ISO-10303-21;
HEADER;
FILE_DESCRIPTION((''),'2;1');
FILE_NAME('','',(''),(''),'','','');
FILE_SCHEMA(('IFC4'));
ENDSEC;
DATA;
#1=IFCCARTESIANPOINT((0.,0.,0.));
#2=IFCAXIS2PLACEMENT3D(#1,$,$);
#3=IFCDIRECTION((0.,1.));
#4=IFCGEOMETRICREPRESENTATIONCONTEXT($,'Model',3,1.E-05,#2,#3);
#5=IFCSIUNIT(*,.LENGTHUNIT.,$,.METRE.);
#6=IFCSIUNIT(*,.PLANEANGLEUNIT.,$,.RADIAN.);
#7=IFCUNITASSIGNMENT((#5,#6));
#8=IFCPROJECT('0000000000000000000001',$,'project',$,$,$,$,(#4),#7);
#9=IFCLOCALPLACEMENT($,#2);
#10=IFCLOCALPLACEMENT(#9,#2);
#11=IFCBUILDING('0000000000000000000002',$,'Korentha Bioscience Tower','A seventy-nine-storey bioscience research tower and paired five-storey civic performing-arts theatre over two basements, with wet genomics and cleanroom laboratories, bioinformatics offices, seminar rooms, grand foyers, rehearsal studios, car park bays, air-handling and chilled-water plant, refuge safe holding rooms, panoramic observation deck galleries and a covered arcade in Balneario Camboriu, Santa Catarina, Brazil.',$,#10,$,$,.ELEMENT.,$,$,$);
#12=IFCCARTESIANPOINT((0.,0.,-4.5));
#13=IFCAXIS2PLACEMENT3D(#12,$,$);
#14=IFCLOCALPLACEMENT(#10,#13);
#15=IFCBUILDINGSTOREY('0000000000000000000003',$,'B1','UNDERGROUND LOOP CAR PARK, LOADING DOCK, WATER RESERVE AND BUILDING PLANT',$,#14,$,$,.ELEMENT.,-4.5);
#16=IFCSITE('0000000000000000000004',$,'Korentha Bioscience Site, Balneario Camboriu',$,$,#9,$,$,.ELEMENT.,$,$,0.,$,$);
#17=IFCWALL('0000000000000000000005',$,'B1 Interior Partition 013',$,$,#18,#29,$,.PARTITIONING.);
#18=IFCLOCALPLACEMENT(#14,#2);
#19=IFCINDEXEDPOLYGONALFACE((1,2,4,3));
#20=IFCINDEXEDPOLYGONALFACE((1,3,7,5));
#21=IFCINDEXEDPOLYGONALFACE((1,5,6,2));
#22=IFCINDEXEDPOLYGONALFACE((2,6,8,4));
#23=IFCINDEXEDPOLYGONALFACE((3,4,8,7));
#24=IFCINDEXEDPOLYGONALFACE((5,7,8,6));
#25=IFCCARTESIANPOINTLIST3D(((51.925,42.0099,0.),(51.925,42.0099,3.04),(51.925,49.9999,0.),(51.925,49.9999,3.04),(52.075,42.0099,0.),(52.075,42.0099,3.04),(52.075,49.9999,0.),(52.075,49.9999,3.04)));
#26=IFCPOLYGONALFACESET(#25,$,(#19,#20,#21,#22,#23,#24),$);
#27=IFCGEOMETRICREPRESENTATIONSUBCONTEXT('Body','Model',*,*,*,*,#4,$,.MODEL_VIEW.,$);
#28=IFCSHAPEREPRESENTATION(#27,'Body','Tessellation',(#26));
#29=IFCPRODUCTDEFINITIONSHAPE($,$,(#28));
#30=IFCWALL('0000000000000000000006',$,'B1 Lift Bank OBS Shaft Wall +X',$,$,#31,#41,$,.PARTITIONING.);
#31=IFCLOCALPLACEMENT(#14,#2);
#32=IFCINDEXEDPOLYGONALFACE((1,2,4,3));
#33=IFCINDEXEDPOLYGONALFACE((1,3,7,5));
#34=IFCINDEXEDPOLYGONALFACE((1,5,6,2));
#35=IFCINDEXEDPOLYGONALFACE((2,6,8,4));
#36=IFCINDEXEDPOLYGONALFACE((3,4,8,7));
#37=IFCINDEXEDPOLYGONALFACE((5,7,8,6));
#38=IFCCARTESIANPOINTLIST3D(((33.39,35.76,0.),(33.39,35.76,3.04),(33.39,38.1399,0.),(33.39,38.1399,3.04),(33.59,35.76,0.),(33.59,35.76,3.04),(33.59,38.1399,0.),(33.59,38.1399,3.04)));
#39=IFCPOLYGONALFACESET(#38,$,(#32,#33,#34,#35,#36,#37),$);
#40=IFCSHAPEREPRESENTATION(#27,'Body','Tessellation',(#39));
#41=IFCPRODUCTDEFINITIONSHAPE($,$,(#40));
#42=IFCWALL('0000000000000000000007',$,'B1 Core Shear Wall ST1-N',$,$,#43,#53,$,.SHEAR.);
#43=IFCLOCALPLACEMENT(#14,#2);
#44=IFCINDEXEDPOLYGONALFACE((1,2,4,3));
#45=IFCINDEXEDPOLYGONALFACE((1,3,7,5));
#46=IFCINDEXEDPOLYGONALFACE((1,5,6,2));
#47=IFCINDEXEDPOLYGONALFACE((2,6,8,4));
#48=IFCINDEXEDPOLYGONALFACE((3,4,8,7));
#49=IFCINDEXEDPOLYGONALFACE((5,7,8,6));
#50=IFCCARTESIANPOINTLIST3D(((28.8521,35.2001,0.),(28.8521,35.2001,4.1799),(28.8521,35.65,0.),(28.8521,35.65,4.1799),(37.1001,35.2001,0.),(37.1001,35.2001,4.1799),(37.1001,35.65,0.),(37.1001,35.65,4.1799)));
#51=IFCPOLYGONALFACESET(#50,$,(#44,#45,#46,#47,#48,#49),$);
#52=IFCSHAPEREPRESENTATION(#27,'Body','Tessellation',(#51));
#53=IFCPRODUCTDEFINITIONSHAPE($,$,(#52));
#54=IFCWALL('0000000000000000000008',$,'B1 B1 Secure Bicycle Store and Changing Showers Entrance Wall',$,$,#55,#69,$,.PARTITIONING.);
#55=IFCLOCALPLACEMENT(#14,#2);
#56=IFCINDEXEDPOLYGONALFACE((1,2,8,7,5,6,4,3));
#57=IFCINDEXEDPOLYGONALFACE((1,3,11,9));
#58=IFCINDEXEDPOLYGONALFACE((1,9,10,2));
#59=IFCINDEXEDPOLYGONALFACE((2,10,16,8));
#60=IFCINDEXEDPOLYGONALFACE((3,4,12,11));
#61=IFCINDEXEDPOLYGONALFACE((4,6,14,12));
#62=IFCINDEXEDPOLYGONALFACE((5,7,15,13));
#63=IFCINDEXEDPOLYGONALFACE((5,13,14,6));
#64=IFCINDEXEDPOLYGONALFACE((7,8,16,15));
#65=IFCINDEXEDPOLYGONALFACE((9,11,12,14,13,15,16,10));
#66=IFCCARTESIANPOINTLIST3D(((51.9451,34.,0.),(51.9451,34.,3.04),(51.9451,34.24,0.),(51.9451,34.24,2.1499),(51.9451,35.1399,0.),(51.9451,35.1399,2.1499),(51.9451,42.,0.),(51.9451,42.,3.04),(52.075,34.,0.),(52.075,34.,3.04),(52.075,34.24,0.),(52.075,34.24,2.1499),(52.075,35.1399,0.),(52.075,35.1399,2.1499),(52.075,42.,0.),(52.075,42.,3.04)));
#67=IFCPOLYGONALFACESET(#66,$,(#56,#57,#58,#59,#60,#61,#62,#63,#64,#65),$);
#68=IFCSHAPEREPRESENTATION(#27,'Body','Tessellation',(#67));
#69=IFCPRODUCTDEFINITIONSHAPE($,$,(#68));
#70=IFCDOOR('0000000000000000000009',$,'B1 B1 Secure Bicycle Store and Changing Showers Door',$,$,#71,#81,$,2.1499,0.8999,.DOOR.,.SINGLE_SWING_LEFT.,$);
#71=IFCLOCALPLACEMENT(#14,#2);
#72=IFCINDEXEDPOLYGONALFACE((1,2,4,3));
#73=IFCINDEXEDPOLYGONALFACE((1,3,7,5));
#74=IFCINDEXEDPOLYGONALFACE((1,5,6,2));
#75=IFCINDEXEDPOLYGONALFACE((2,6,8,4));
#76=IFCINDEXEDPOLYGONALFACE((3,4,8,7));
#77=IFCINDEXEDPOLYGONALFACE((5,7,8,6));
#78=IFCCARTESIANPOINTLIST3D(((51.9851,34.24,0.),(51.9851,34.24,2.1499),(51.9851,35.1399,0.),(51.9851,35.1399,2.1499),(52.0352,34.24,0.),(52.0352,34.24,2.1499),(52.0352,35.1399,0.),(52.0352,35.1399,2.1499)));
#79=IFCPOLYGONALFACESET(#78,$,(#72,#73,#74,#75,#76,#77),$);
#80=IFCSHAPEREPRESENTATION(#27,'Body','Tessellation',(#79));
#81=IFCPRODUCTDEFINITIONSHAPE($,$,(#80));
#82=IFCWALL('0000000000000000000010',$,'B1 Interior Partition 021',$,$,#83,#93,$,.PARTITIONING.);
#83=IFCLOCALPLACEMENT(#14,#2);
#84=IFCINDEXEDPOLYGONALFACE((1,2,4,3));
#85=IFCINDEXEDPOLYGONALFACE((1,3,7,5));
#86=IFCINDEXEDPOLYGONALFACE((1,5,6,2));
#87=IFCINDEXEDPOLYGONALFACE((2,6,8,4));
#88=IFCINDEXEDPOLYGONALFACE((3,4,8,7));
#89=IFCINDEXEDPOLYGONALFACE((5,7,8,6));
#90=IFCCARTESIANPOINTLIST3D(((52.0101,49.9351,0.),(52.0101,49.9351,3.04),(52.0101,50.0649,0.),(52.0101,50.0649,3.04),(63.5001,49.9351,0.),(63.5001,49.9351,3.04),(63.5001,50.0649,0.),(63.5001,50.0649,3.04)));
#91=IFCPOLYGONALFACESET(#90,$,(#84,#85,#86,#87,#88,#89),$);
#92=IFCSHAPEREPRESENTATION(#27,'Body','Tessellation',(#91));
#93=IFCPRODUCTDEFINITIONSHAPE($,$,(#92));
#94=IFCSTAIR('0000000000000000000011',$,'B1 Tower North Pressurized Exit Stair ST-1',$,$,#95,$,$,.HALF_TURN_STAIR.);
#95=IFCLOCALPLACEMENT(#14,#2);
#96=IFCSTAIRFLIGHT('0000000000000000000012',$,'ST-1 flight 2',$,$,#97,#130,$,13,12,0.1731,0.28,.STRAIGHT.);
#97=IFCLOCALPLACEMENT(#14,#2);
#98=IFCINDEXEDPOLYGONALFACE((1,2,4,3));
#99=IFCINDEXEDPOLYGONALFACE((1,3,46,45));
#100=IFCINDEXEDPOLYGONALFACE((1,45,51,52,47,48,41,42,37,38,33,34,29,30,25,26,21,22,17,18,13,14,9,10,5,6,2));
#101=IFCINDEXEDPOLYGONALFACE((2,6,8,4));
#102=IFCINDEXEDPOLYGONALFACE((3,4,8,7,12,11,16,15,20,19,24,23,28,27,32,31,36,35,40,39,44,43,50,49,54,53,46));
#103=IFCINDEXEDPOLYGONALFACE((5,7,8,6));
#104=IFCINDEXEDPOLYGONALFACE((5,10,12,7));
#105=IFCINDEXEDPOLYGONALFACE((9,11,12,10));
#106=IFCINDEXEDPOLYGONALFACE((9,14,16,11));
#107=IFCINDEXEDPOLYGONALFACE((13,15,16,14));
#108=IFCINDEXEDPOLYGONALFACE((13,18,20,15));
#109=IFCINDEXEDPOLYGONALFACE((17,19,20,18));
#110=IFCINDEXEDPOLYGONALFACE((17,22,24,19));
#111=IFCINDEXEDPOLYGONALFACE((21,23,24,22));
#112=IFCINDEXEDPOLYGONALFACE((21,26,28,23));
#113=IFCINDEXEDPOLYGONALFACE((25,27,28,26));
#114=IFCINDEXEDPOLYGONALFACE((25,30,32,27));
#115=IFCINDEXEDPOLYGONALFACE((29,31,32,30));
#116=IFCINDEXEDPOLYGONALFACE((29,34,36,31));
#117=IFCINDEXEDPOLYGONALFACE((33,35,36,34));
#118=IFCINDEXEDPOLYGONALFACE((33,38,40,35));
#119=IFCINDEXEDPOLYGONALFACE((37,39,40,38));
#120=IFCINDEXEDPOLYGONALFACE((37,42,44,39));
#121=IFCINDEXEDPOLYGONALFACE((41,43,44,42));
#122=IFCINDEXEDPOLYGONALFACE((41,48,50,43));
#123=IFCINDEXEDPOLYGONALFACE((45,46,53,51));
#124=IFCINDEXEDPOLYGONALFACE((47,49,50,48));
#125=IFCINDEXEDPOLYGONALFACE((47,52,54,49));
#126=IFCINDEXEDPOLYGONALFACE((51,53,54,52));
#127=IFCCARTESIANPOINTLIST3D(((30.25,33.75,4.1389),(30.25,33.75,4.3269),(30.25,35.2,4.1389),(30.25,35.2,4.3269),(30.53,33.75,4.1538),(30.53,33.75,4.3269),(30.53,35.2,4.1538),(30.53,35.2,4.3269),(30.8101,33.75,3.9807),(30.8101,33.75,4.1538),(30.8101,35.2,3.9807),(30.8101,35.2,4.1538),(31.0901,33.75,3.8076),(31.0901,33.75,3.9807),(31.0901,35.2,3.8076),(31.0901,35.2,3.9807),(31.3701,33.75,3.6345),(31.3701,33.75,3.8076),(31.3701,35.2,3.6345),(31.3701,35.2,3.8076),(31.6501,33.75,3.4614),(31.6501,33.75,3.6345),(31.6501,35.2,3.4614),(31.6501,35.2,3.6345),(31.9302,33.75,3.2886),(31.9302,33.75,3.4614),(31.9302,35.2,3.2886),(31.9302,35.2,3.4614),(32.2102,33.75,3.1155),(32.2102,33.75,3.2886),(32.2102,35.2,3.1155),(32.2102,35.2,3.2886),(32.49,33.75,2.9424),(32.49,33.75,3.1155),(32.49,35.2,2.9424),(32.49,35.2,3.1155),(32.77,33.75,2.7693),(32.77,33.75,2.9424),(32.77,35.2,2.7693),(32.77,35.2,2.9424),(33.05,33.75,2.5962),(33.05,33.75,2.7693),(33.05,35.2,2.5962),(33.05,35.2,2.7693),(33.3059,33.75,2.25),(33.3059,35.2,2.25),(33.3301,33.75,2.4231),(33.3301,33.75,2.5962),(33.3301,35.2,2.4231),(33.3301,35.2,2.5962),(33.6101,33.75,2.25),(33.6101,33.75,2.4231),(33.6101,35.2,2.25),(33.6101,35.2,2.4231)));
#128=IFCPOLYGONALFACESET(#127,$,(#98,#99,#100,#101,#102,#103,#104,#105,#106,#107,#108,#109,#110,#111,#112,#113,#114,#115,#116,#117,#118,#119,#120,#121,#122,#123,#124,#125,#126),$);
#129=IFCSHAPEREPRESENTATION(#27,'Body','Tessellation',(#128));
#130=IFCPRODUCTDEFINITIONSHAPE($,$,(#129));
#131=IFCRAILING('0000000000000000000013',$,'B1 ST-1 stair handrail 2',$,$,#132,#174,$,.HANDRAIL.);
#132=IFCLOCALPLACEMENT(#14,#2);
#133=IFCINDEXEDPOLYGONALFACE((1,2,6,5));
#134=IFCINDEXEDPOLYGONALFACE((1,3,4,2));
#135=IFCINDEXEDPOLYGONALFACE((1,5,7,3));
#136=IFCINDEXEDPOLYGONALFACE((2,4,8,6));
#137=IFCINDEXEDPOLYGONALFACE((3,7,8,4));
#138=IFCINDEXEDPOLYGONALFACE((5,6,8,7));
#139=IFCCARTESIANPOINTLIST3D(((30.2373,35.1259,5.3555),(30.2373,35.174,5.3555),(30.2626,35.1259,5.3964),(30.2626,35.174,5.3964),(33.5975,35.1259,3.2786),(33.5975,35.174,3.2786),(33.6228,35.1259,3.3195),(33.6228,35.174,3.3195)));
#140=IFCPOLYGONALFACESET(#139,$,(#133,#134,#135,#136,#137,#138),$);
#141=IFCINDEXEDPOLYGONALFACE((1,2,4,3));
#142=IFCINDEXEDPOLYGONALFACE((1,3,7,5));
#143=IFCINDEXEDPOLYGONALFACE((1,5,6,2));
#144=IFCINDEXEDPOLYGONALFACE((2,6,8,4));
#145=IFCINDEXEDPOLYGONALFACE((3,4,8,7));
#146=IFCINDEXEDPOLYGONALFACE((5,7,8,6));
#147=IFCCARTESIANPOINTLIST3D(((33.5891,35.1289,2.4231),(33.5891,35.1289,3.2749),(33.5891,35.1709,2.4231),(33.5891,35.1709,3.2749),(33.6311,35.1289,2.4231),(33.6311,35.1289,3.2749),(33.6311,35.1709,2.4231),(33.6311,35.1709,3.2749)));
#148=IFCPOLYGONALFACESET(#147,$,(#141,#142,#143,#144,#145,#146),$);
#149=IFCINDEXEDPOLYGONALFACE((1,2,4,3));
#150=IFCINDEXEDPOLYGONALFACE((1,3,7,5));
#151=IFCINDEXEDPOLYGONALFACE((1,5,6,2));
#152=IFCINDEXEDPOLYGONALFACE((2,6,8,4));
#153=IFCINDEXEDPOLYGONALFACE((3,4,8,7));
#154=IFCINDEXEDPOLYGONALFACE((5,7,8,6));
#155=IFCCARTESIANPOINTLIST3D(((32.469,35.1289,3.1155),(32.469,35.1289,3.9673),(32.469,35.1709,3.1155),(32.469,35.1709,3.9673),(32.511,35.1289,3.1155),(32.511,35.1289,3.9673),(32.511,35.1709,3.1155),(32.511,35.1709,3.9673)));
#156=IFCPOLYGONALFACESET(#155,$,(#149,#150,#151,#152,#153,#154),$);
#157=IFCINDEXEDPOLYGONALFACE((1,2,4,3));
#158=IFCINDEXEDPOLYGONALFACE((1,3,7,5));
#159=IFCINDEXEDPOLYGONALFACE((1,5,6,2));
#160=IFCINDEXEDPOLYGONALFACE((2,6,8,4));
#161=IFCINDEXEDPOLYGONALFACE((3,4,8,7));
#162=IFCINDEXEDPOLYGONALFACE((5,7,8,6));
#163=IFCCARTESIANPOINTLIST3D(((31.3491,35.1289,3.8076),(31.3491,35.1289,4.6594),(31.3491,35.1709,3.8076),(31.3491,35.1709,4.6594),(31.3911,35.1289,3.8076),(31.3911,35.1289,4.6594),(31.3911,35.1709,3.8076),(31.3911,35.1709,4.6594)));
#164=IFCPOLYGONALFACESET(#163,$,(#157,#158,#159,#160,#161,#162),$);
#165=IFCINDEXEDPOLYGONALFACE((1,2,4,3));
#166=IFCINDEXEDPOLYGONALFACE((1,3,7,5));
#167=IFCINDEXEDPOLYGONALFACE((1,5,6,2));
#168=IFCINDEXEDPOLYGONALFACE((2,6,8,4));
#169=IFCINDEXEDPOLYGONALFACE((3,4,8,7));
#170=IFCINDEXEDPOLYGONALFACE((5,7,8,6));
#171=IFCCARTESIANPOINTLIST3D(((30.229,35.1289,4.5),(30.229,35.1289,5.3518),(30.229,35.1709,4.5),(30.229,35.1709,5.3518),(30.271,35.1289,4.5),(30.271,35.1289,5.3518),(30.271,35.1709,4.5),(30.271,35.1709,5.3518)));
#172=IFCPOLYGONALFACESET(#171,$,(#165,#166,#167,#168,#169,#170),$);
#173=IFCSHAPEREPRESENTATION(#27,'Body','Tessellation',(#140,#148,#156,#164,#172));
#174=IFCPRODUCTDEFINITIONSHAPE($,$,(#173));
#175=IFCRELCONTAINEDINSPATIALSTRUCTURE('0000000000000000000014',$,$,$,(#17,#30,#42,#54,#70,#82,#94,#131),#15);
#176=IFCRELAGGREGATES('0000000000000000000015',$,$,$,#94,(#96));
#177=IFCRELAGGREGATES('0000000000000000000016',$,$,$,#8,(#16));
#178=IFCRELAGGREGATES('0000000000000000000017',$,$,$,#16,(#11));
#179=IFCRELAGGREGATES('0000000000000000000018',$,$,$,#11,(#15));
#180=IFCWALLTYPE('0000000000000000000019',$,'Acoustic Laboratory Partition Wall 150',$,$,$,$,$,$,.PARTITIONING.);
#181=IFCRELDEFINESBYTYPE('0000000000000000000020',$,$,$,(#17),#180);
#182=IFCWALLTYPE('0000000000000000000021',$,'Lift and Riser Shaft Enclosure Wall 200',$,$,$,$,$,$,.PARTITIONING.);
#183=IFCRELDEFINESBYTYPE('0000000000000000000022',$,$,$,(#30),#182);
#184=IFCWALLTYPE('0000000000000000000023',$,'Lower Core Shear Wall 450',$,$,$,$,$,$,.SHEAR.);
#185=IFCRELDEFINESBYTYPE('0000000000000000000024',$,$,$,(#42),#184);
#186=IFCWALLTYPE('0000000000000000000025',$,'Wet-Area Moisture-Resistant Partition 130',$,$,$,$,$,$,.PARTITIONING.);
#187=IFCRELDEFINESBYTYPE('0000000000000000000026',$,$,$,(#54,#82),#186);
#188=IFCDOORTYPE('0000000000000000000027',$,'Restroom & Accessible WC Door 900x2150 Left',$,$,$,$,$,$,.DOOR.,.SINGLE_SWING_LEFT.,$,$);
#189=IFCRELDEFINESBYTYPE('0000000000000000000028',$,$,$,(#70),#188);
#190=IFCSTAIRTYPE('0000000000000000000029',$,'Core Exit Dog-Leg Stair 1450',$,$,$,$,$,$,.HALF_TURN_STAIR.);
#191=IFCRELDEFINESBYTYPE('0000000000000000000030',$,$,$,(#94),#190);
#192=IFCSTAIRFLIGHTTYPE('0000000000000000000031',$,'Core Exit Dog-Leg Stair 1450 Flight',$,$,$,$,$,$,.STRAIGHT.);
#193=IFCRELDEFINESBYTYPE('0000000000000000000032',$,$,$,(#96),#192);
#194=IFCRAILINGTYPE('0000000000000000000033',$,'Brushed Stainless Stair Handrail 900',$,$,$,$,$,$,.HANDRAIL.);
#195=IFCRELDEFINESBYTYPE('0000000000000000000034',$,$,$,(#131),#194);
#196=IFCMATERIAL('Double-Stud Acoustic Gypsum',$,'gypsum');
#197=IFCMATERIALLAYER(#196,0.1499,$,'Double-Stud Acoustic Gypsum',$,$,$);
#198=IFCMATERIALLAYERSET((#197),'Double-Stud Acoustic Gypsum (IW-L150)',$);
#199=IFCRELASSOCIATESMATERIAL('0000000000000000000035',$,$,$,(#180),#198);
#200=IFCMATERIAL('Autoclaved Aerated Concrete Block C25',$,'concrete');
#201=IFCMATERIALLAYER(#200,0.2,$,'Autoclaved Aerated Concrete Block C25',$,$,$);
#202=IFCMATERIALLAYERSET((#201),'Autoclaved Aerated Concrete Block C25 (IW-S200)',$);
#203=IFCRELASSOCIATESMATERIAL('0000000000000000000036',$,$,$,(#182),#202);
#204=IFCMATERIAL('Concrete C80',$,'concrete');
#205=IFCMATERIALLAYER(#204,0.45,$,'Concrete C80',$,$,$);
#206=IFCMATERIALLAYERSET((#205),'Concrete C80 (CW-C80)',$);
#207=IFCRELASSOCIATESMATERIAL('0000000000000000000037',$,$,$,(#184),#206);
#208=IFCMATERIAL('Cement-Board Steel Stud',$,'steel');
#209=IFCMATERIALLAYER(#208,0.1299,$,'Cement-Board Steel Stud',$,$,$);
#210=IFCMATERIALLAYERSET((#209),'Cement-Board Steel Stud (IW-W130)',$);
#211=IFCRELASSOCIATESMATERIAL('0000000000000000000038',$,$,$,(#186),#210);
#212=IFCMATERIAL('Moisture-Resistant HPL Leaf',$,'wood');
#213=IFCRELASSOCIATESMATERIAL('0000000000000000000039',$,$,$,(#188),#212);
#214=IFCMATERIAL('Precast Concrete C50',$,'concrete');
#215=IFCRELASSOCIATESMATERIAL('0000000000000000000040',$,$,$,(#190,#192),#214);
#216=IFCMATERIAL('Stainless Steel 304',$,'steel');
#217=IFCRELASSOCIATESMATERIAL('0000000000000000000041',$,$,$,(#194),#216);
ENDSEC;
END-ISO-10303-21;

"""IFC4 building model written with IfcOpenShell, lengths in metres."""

from ifc_helpers import new_model, si_unit, direction, frame, frame_2d, origin, origin_2d, place, context, subcontext, project, spatial, polyline, rectangle, outline, extrude, material, layer, layer_set, type_object, element, fill, aggregate, save


model = new_model("IFC4")

# Units and contexts
model_context = context("Model", 3, precision=1e-05, world=origin(), true_north=direction((0.0, 1.0)))
body_context = subcontext(model_context, "Body", "Model", "MODEL_VIEW")
ifc_project = project(units=[si_unit("LENGTHUNIT", "METRE"), si_unit("PLANEANGLEUNIT", "RADIAN")], contexts=[model_context])

# Site, building, storey
site_placement = place(None, origin())
site = spatial("IfcSite", under=ifc_project, at=site_placement, Name="Korentha Bioscience Site, Balneario Camboriu", CompositionType="ELEMENT", RefElevation=0.0)
building_placement = place(site_placement, origin())
building = spatial("IfcBuilding", under=site, at=building_placement, Name="Korentha Bioscience Tower", Description="A seventy-nine-storey bioscience research tower and paired five-storey civic performing-arts theatre over two basements, with wet genomics and cleanroom laboratories, bioinformatics offices, seminar rooms, grand foyers, rehearsal studios, car park bays, air-handling and chilled-water plant, refuge safe holding rooms, panoramic observation deck galleries and a covered arcade in Balneario Camboriu, Santa Catarina, Brazil.", CompositionType="ELEMENT")
storey_placement = place(building_placement, frame((0.0, 0.0, -4.5)))
storey = spatial("IfcBuildingStorey", under=building, at=storey_placement, Name="B1", Description="UNDERGROUND LOOP CAR PARK, LOADING DOCK, WATER RESERVE AND BUILDING PLANT", CompositionType="ELEMENT", Elevation=-4.5)

# Shared definitions
ifc_material_1 = material(Name="Concrete C80", Category="concrete")

# Shared definitions
ifc_material_2 = material(Name="Double-Stud Acoustic Gypsum", Category="gypsum")
ifc_layer_1 = layer(ifc_material_2, 0.1499, Name="Double-Stud Acoustic Gypsum")
ifc_layer_set_1 = layer_set([ifc_layer_1], Name="Double-Stud Acoustic Gypsum (IW-L150)")
wall_type_1 = type_object("IfcWallType", Name="Acoustic Laboratory Partition Wall 150", PredefinedType="PARTITIONING", material=ifc_layer_set_1)

# Walls
wall_1_placement = place(storey_placement, frame((52.0, 50.0, 0.0), z_axis=(0.0, 0.0, 1.0), x_axis=(0.0, -1.0, 0.0)))
element("IfcWall", 1, at=wall_1_placement, inside=storey, type_object=wall_type_1, Name="B1 Interior Partition 013", PredefinedType="PARTITIONING", context=body_context, shape_type="SweptSolid", body=[
    extrude(rectangle(XDim=7.99, YDim=0.1499, at=frame_2d((3.9951, 0.0))), origin(), (0.0, 0.0, 1.0), 3.04),
])
ifc_material_3 = material(Name="Autoclaved Aerated Concrete Block C25", Category="concrete")
ifc_layer_2 = layer(ifc_material_3, 0.2, Name="Autoclaved Aerated Concrete Block C25")
ifc_layer_set_2 = layer_set([ifc_layer_2], Name="Autoclaved Aerated Concrete Block C25 (IW-S200)")
wall_type_2 = type_object("IfcWallType", Name="Lift and Riser Shaft Enclosure Wall 200", PredefinedType="PARTITIONING", material=ifc_layer_set_2)
wall_2_placement = place(storey_placement, frame((33.49, 35.76, 0.0), z_axis=(0.0, 0.0, 1.0), x_axis=(0.0, 1.0, 0.0)))
element("IfcWall", 2, at=wall_2_placement, inside=storey, type_object=wall_type_2, Name="B1 Lift Bank OBS Shaft Wall +X", PredefinedType="PARTITIONING", context=body_context, shape_type="SweptSolid", body=[
    extrude(rectangle(XDim=2.3799, YDim=0.2, at=frame_2d((1.1899, 0.0))), origin(), (0.0, 0.0, 1.0), 3.04),
])
ifc_layer_3 = layer(ifc_material_1, 0.45, Name="Concrete C80")
ifc_layer_set_3 = layer_set([ifc_layer_3], Name="Concrete C80 (CW-C80)")
wall_type_3 = type_object("IfcWallType", Name="Lower Core Shear Wall 450", PredefinedType="SHEAR", material=ifc_layer_set_3)
wall_3_placement = place(storey_placement, frame((28.8521, 35.425, 0.0), z_axis=(0.0, 0.0, 1.0), x_axis=(1.0, 0.0, 0.0)))
element("IfcWall", 3, at=wall_3_placement, inside=storey, type_object=wall_type_3, Name="B1 Core Shear Wall ST1-N", PredefinedType="SHEAR", context=body_context, shape_type="SweptSolid", body=[
    extrude(rectangle(XDim=8.248, YDim=0.45, at=frame_2d((4.124, 0.0))), origin(), (0.0, 0.0, 1.0), 4.1799),
])

# Wall, opening, door
ifc_material_4 = material(Name="Cement-Board Steel Stud", Category="steel")
ifc_layer_4 = layer(ifc_material_4, 0.1299, Name="Cement-Board Steel Stud")
ifc_layer_set_4 = layer_set([ifc_layer_4], Name="Cement-Board Steel Stud (IW-W130)")
wall_type_4 = type_object("IfcWallType", Name="Wet-Area Moisture-Resistant Partition 130", PredefinedType="PARTITIONING", material=ifc_layer_set_4)
wall_4_placement = place(storey_placement, frame((52.01, 34.0, 0.0), z_axis=(0.0, 0.0, 1.0), x_axis=(0.0, 1.0, 0.0)))
wall_4 = element("IfcWall", 4, at=wall_4_placement, inside=storey, type_object=wall_type_4, Name="B1 B1 Secure Bicycle Store and Changing Showers Entrance Wall", PredefinedType="PARTITIONING", context=body_context, shape_type="SweptSolid", body=[
    extrude(rectangle(XDim=8.0, YDim=0.1299, at=frame_2d((4.0, 0.0))), origin(), (0.0, 0.0, 1.0), 3.04),
])
opening_1_placement = place(wall_4_placement, frame((0.24, 0.0, 0.0)))
opening_1 = element("IfcOpeningElement", 5, at=opening_1_placement, cuts=wall_4, PredefinedType="OPENING", context=body_context, shape_type="SweptSolid", body=[
    extrude(rectangle(XDim=0.8999, YDim=2.1499, at=frame_2d((0.45, 1.075))), frame((0.0, 0.0798, 0.0), z_axis=(0.0, -1.0, 0.0), x_axis=(1.0, 0.0, 0.0)), (0.0, 0.0, 1.0), 0.1597),
])
ifc_material_5 = material(Name="Moisture-Resistant HPL Leaf", Category="wood")
door_type_1 = type_object("IfcDoorType", Name="Restroom & Accessible WC Door 900x2150 Left", OperationType="SINGLE_SWING_LEFT", PredefinedType="DOOR", material=ifc_material_5)
door_1_placement = place(opening_1_placement, origin())
door_1 = element("IfcDoor", 6, at=door_1_placement, inside=storey, type_object=door_type_1, Name="B1 B1 Secure Bicycle Store and Changing Showers Door", OperationType="SINGLE_SWING_LEFT", OverallHeight=2.1499, OverallWidth=0.8999, PredefinedType="DOOR", context=body_context, shape_type="SweptSolid", body=[
    extrude(rectangle(XDim=0.8999, YDim=2.1499, at=frame_2d((0.45, 1.075))), frame((0.0, 0.0249, 0.0), z_axis=(0.0, -1.0, 0.0), x_axis=(1.0, 0.0, 0.0)), (0.0, 0.0, 1.0), 0.05),
])
fill(opening_1, door_1)

# Wall
wall_5_placement = place(storey_placement, frame((52.01, 50.0, 0.0), z_axis=(0.0, 0.0, 1.0), x_axis=(1.0, 0.0, 0.0)))
element("IfcWall", 7, at=wall_5_placement, inside=storey, type_object=wall_type_4, Name="B1 Interior Partition 021", PredefinedType="PARTITIONING", context=body_context, shape_type="SweptSolid", body=[
    extrude(rectangle(XDim=11.49, YDim=0.1299, at=frame_2d((5.7451, 0.0))), origin(), (0.0, 0.0, 1.0), 3.04),
])

# Stair, stair flight
ifc_material_6 = material(Name="Precast Concrete C50", Category="concrete")
stair_type = type_object("IfcStairType", Name="Core Exit Dog-Leg Stair 1450", PredefinedType="HALF_TURN_STAIR", material=ifc_material_6)
stair_placement = place(storey_placement, origin())
stair = element("IfcStair", 8, at=stair_placement, inside=storey, type_object=stair_type, Name="B1 Tower North Pressurized Exit Stair ST-1", PredefinedType="HALF_TURN_STAIR")
stair_flight_type = type_object("IfcStairFlightType", Name="Core Exit Dog-Leg Stair 1450 Flight", PredefinedType="STRAIGHT", material=ifc_material_6)
stair_flight_placement = place(storey_placement, frame((33.6101, 34.4751, 2.25), z_axis=(0.0, 0.0, 1.0), x_axis=(-1.0, 0.0, 0.0)))
stair_flight = element("IfcStairFlight", 9, at=stair_flight_placement, type_object=stair_flight_type, Name="ST-1 flight 2", NumberOfRisers=13, NumberOfTreads=12, PredefinedType="STRAIGHT", RiserHeight=0.1731, TreadLength=0.28, context=body_context, shape_type="SweptSolid", body=[
    extrude(outline(polyline([(0.0, 0.0), (0.0, 0.1731), (0.28, 0.1731), (0.28, 0.3462), (0.5601, 0.3462), (0.5601, 0.5193), (0.8401, 0.5193), (0.8401, 0.6924), (1.1201, 0.6924), (1.1201, 0.8655), (1.3999, 0.8655), (1.3999, 1.0386), (1.6799, 1.0386), (1.6799, 1.2114), (1.96, 1.2114), (1.96, 1.3845), (2.24, 1.3845), (2.24, 1.5576), (2.52, 1.5576), (2.52, 1.7307), (2.8, 1.7307), (2.8, 1.9038), (3.0801, 1.9038), (3.0801, 2.0769), (3.3601, 2.0769), (3.3601, 2.25), (3.3601, 1.8889), (0.3042, 0.0), (0.0, 0.0)])), frame((0.0, 0.7251, 0.0), z_axis=(0.0, -1.0, 0.0), x_axis=(1.0, 0.0, 0.0)), (0.0, 0.0, 1.0), 1.45),
])
aggregate(stair, [stair_flight])

# Railing
ifc_material_7 = material(Name="Stainless Steel 304", Category="steel")
railing_type_1 = type_object("IfcRailingType", Name="Brushed Stainless Stair Handrail 900", PredefinedType="HANDRAIL", material=ifc_material_7)
railing_1_placement = place(storey_placement, frame((33.6101, 35.1499, 2.4231)))
element("IfcRailing", 10, at=railing_1_placement, inside=storey, type_object=railing_type_1, Name="B1 ST-1 stair handrail 2", PredefinedType="HANDRAIL", context=body_context, shape_type="SweptSolid", body=[
    extrude(rectangle(XDim=0.0481, YDim=0.0481, at=origin_2d()), frame((0.0, 0.0, 0.876), z_axis=(-0.850623, 0.0, 0.525776), x_axis=(0.0, -1.0, 0.0)), (0.0, 0.0, 1.0), 3.9502),
    extrude(rectangle(XDim=0.042, YDim=0.042, at=origin_2d()), origin(), (0.0, 0.0, 1.0), 0.8518),
    extrude(rectangle(XDim=0.042, YDim=0.042, at=origin_2d()), frame((-1.1201, 0.0, 0.6924)), (0.0, 0.0, 1.0), 0.8518),
    extrude(rectangle(XDim=0.042, YDim=0.042, at=origin_2d()), frame((-2.24, 0.0, 1.3845)), (0.0, 0.0, 1.0), 0.8518),
    extrude(rectangle(XDim=0.042, YDim=0.042, at=origin_2d()), frame((-3.3601, 0.0, 2.0769)), (0.0, 0.0, 1.0), 0.8518),
])

save(model, "model.ifc")
